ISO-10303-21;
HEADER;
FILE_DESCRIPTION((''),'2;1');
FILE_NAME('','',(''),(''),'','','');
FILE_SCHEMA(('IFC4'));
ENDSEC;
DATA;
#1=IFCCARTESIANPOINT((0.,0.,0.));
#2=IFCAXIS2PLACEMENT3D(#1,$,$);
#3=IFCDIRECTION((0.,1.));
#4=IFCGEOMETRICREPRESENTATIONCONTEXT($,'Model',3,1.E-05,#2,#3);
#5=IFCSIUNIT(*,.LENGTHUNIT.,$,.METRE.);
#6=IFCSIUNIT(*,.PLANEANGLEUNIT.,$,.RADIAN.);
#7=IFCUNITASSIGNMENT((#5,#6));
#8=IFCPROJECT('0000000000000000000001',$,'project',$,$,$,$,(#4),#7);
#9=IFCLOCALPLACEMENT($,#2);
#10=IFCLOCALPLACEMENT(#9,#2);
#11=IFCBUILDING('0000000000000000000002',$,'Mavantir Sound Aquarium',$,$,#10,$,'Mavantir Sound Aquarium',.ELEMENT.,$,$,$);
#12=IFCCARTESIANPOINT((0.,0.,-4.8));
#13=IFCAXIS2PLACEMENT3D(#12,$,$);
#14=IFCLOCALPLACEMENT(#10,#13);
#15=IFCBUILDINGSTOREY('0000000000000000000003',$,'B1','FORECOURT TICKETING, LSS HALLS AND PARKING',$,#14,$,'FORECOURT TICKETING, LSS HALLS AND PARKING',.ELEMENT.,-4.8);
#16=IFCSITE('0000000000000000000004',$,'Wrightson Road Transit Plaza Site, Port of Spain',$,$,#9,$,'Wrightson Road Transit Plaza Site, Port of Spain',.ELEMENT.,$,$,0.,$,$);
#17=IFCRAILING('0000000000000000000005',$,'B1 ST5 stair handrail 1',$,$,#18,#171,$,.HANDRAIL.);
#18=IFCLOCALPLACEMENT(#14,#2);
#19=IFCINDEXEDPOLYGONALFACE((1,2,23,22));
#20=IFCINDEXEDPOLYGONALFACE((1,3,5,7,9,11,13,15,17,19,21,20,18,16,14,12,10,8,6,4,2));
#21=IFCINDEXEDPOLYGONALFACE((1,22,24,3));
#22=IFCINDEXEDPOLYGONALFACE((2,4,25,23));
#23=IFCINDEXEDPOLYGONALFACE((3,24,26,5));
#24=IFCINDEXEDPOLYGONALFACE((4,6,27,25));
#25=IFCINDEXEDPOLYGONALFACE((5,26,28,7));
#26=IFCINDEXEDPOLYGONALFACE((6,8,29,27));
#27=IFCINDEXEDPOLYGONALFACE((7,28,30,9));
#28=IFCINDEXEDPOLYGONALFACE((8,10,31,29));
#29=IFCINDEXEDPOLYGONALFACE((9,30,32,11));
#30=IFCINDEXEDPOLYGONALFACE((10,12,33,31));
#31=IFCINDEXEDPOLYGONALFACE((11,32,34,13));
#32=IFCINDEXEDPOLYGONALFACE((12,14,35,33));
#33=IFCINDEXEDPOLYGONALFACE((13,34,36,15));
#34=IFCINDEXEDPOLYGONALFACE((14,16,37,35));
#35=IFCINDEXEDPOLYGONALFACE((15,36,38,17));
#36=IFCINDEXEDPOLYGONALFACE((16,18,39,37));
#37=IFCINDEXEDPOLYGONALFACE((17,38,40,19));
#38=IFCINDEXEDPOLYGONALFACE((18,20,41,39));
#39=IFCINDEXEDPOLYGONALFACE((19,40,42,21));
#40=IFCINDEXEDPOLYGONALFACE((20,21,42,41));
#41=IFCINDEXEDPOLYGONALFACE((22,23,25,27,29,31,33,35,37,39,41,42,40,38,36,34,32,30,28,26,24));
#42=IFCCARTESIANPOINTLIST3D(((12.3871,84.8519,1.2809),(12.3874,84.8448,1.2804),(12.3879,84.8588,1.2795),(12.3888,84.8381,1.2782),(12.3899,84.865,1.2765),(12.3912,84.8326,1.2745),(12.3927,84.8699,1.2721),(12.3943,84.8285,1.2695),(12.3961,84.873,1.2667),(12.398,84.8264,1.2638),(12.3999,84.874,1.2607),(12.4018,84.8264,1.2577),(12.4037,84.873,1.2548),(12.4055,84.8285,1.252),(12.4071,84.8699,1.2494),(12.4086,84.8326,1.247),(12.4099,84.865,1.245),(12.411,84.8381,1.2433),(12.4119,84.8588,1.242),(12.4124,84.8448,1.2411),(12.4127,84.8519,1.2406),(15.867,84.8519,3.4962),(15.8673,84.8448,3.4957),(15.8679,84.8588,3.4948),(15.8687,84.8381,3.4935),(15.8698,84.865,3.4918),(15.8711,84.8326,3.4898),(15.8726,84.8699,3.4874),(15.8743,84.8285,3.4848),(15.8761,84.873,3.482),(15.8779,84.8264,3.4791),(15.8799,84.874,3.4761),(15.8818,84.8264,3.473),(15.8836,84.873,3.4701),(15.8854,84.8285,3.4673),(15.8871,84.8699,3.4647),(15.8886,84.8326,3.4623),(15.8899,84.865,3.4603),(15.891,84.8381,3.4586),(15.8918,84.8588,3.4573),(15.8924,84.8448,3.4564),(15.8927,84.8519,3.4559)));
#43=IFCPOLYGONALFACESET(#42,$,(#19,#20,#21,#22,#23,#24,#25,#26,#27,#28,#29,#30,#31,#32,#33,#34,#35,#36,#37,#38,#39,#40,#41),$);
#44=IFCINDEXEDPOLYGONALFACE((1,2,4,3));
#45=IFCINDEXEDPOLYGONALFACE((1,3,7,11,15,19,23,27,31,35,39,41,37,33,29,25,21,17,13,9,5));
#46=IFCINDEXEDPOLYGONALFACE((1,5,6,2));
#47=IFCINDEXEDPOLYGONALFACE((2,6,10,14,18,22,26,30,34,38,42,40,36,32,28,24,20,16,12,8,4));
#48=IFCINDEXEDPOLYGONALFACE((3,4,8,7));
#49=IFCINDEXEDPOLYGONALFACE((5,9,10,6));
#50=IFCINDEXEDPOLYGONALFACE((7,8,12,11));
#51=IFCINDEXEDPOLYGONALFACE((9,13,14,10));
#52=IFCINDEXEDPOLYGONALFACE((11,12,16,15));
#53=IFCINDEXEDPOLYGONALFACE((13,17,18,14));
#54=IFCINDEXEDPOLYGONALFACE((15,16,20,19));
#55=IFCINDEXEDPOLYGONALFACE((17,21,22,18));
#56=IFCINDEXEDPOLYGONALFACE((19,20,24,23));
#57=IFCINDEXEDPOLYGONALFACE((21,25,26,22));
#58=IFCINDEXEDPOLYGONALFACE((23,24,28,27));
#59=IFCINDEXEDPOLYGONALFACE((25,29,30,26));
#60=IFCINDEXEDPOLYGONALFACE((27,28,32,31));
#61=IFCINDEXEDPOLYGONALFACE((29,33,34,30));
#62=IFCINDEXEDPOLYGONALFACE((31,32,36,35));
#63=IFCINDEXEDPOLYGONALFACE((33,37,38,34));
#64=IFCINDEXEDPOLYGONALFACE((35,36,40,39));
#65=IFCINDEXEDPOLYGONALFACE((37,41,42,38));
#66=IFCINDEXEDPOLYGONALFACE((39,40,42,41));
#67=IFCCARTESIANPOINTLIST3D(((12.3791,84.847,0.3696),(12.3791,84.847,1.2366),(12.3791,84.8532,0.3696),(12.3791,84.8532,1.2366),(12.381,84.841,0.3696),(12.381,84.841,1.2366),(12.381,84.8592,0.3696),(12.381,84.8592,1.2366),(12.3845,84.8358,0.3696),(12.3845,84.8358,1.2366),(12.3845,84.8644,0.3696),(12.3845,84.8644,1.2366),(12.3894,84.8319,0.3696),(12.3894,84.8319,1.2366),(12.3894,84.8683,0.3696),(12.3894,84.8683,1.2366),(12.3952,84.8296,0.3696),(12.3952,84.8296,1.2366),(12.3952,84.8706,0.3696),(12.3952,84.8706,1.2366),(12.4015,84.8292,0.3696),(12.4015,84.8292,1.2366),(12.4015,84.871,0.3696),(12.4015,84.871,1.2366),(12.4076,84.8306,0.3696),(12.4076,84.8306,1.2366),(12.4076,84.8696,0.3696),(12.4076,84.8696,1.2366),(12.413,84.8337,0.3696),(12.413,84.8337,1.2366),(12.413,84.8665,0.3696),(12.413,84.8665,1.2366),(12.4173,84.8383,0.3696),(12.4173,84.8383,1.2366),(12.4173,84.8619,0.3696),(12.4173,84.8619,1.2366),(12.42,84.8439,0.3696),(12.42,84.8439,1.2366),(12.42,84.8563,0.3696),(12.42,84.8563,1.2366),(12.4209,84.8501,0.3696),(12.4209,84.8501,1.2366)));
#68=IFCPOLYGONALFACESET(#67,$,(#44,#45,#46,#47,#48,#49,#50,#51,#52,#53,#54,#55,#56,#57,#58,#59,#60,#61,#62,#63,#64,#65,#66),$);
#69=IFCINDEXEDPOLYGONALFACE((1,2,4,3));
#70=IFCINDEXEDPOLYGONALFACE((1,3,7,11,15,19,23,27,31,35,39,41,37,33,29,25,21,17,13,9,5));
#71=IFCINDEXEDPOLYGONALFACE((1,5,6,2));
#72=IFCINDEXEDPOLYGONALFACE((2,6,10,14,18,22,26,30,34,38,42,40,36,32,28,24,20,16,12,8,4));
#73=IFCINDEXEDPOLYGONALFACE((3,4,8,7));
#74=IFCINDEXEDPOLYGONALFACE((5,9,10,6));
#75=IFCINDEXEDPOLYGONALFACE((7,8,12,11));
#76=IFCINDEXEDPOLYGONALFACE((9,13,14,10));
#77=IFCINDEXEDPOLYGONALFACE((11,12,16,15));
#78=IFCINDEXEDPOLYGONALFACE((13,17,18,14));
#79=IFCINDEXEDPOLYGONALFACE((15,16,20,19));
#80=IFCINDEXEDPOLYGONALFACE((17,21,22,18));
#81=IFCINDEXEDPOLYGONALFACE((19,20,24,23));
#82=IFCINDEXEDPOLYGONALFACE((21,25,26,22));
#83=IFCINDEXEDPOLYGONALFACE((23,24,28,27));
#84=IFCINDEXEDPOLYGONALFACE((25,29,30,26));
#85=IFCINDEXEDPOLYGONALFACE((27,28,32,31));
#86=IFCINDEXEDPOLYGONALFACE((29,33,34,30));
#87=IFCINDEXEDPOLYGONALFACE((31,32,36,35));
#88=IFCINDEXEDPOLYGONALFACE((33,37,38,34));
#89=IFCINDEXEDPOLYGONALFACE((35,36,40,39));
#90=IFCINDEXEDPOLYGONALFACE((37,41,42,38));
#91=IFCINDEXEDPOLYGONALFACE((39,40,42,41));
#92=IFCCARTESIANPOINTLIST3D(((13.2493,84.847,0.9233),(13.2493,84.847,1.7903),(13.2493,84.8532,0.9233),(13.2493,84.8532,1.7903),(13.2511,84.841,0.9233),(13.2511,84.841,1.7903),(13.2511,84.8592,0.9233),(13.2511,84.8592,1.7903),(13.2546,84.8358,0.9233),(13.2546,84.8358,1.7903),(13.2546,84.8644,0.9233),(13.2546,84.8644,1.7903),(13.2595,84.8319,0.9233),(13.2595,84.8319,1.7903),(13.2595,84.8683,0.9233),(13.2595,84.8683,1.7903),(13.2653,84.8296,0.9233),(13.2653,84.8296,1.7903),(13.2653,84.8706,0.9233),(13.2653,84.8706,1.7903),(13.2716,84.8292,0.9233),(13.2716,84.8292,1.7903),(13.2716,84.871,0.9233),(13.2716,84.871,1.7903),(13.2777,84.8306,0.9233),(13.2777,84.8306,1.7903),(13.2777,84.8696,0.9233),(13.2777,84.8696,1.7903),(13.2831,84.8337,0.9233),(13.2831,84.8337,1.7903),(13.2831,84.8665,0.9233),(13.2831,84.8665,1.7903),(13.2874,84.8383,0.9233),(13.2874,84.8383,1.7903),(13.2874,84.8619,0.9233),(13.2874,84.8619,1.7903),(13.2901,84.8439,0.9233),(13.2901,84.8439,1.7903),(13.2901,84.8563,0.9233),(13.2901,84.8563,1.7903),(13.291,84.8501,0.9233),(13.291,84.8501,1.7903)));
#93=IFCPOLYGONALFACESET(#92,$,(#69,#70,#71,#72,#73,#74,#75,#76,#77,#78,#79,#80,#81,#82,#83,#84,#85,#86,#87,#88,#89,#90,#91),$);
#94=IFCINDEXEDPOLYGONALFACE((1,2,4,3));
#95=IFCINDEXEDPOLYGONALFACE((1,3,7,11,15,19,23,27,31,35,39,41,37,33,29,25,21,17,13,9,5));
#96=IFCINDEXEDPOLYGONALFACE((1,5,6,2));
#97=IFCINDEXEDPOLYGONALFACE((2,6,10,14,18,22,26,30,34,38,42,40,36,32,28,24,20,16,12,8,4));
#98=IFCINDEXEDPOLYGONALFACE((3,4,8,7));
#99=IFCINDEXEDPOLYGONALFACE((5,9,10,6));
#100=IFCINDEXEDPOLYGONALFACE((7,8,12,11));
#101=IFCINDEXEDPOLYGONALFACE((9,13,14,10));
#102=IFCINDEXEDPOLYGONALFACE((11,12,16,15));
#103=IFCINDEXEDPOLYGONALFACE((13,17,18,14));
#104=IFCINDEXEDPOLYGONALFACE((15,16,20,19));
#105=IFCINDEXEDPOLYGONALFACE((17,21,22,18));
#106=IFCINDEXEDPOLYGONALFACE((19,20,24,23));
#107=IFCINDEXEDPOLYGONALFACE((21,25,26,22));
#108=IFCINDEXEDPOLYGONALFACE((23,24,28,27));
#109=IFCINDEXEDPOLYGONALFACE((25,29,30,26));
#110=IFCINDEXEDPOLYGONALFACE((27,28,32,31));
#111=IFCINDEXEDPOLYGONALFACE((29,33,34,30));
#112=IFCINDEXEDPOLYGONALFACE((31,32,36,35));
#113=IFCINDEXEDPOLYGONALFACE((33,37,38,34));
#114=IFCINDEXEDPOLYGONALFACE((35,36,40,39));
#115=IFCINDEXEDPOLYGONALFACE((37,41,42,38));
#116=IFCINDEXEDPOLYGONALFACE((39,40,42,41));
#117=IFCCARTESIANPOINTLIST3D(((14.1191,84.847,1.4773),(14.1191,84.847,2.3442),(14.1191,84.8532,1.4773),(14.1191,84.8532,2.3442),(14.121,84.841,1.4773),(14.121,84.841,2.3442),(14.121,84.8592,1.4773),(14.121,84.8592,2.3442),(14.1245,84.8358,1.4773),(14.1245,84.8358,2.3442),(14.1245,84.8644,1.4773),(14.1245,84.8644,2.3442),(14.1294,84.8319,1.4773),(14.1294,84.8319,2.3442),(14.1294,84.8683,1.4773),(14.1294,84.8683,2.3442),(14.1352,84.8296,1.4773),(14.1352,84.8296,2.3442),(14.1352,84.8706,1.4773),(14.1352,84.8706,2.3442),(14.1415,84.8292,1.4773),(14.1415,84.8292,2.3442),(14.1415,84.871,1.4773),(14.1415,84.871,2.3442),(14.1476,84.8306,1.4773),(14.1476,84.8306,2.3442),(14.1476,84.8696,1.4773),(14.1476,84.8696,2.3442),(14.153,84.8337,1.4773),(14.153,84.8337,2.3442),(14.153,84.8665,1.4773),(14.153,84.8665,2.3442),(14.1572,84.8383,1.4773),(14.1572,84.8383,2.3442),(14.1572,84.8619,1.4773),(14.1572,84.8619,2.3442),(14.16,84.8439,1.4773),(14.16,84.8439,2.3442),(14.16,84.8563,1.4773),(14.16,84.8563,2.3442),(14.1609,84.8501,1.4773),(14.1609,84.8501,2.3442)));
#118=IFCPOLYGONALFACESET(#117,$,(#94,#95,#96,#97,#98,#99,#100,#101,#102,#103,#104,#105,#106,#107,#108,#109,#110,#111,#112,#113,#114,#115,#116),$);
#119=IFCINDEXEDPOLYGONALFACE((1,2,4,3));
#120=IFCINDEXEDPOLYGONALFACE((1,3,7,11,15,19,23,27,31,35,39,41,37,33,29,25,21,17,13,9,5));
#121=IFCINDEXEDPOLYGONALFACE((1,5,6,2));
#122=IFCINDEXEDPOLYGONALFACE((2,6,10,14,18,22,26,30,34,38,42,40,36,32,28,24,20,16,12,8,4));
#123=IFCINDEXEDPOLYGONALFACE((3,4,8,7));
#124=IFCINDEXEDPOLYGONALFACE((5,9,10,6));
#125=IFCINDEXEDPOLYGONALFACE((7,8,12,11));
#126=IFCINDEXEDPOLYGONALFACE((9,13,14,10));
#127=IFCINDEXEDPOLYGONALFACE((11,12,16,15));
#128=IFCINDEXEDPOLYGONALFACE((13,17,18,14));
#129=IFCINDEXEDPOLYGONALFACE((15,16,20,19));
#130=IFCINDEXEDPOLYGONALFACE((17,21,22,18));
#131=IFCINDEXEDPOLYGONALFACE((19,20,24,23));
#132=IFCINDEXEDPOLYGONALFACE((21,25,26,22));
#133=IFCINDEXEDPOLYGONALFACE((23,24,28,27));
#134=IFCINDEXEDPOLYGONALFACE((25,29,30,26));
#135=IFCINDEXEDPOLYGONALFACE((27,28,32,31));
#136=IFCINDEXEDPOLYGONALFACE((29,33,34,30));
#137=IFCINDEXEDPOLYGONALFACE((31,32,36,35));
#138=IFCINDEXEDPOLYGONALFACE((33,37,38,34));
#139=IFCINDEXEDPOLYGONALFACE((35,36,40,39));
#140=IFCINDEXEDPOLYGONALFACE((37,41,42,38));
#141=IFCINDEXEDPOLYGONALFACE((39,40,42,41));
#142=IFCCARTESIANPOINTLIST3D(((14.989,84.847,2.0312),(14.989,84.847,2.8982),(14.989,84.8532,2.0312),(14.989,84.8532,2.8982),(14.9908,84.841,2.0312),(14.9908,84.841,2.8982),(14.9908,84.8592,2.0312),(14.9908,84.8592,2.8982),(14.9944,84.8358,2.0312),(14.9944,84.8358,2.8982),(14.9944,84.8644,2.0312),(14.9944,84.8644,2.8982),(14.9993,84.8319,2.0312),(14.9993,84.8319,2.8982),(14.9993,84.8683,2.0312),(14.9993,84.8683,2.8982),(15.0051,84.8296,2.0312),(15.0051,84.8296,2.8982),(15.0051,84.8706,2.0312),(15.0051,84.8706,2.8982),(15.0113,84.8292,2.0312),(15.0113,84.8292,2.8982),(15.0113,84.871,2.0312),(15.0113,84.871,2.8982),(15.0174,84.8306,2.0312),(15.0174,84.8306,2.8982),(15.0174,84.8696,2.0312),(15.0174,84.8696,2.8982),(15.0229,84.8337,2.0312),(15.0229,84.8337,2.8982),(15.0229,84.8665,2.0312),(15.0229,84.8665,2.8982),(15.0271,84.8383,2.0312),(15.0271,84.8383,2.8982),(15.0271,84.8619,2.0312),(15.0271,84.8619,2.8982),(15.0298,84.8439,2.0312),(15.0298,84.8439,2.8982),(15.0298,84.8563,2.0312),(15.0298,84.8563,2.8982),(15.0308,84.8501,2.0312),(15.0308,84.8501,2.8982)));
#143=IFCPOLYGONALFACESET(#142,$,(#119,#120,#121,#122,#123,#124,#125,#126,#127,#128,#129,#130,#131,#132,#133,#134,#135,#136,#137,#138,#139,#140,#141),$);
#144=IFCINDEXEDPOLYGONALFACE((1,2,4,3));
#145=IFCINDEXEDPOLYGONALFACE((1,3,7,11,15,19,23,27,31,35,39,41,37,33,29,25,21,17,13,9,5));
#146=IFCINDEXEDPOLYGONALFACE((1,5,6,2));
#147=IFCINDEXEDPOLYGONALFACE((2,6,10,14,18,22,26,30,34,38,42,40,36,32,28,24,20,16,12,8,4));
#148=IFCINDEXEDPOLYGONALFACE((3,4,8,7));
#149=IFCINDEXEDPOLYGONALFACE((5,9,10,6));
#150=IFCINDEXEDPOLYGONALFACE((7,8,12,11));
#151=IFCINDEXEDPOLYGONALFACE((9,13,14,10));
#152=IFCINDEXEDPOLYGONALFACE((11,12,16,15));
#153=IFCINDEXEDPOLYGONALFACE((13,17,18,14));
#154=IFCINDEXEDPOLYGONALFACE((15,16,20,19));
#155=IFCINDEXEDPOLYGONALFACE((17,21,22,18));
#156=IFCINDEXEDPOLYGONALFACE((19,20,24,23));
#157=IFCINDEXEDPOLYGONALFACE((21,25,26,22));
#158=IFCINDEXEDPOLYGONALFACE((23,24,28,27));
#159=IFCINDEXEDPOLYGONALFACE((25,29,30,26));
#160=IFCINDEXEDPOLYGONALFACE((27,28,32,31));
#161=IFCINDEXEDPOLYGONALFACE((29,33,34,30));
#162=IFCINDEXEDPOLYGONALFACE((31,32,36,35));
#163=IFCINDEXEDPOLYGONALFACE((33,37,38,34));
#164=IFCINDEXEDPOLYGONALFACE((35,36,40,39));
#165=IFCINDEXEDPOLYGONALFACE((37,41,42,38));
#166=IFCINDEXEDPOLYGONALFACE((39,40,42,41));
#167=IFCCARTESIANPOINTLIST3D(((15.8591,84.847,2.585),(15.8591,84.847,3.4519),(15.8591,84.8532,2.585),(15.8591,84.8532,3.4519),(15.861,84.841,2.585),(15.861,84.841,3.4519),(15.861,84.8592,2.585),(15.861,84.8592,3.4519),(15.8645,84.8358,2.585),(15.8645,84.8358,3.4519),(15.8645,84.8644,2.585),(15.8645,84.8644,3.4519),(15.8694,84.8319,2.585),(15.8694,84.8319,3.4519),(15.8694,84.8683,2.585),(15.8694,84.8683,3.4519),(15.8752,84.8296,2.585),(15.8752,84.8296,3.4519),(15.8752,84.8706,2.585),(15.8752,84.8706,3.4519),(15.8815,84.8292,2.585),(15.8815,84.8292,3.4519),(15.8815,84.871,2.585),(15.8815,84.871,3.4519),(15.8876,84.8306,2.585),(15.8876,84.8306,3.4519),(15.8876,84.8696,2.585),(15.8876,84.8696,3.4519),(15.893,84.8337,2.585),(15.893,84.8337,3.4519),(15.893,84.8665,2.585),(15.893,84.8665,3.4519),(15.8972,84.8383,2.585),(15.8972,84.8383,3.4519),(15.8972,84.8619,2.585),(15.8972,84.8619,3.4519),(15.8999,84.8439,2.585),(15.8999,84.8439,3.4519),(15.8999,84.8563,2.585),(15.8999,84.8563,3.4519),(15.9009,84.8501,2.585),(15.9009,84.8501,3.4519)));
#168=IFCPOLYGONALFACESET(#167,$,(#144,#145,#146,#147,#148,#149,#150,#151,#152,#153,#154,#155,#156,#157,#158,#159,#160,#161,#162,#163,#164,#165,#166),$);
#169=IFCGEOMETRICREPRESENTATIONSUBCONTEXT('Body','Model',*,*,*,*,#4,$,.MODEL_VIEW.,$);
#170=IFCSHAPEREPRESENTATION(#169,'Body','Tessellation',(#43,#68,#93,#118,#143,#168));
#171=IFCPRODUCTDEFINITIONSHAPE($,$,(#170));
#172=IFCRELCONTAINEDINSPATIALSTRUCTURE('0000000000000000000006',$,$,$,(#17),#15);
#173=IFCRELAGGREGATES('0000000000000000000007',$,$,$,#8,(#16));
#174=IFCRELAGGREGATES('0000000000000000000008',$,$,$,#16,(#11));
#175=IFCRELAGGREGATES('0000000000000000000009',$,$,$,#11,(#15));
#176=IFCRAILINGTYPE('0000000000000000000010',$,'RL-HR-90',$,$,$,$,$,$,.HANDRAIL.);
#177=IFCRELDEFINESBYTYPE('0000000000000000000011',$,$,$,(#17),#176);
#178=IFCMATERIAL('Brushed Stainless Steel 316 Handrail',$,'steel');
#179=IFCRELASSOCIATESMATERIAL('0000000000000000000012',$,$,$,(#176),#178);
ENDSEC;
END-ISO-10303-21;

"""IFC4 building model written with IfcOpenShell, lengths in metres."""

from ifc_helpers import new_model, si_unit, direction, frame, origin, origin_2d, place, context, subcontext, project, spatial, circle, extrude, material, type_object, element, save


model = new_model("IFC4")

# Units and contexts
model_context = context("Model", 3, precision=1e-05, world=origin(), true_north=direction((0.0, 1.0)))
body_context = subcontext(model_context, "Body", "Model", "MODEL_VIEW")
ifc_project = project(units=[si_unit("LENGTHUNIT", "METRE"), si_unit("PLANEANGLEUNIT", "RADIAN")], contexts=[model_context])

# Site, building, storey
site_placement = place(None, origin())
site = spatial("IfcSite", under=ifc_project, at=site_placement, Name="Wrightson Road Transit Plaza Site, Port of Spain", LongName="Wrightson Road Transit Plaza Site, Port of Spain", CompositionType="ELEMENT", RefElevation=0.0)
building_placement = place(site_placement, origin())
building = spatial("IfcBuilding", under=site, at=building_placement, Name="Mavantir Sound Aquarium", LongName="Mavantir Sound Aquarium", CompositionType="ELEMENT")
storey_placement = place(building_placement, frame((0.0, 0.0, -4.8)))
storey = spatial("IfcBuildingStorey", under=building, at=storey_placement, Name="B1", Description="FORECOURT TICKETING, LSS HALLS AND PARKING", LongName="FORECOURT TICKETING, LSS HALLS AND PARKING", CompositionType="ELEMENT", Elevation=-4.8)

# Railing
ifc_material_1 = material(Name="Brushed Stainless Steel 316 Handrail", Category="steel")
railing_type_1 = type_object("IfcRailingType", Name="RL-HR-90", PredefinedType="HANDRAIL", material=ifc_material_1)
railing_1_placement = place(storey_placement, frame((12.3999, 84.8501, 0.3696)))
element("IfcRailing", 1, at=railing_1_placement, inside=storey, type_object=railing_type_1, Name="B1 ST5 stair handrail 1", PredefinedType="HANDRAIL", context=body_context, shape_type="SweptSolid", body=[
    extrude(circle(Radius=0.0239, at=origin_2d()), frame((0.0, 0.0, 0.8911), z_axis=(0.843574, 0.0, 0.537013), x_axis=(0.0, 1.0, 0.0)), (0.0, 0.0, 1.0), 4.1252),
    extrude(circle(Radius=0.021, at=origin_2d()), origin(), (0.0, 0.0, 1.0), 0.8669),
    extrude(circle(Radius=0.021, at=origin_2d()), frame((0.8701, 0.0, 0.5537)), (0.0, 0.0, 1.0), 0.8669),
    extrude(circle(Radius=0.021, at=origin_2d()), frame((1.74, 0.0, 1.1077)), (0.0, 0.0, 1.0), 0.8669),
    extrude(circle(Radius=0.021, at=origin_2d()), frame((2.6099, 0.0, 1.6616)), (0.0, 0.0, 1.0), 0.8669),
    extrude(circle(Radius=0.021, at=origin_2d()), frame((3.48, 0.0, 2.2153)), (0.0, 0.0, 1.0), 0.8669),
])

save(model, "model.ifc")
